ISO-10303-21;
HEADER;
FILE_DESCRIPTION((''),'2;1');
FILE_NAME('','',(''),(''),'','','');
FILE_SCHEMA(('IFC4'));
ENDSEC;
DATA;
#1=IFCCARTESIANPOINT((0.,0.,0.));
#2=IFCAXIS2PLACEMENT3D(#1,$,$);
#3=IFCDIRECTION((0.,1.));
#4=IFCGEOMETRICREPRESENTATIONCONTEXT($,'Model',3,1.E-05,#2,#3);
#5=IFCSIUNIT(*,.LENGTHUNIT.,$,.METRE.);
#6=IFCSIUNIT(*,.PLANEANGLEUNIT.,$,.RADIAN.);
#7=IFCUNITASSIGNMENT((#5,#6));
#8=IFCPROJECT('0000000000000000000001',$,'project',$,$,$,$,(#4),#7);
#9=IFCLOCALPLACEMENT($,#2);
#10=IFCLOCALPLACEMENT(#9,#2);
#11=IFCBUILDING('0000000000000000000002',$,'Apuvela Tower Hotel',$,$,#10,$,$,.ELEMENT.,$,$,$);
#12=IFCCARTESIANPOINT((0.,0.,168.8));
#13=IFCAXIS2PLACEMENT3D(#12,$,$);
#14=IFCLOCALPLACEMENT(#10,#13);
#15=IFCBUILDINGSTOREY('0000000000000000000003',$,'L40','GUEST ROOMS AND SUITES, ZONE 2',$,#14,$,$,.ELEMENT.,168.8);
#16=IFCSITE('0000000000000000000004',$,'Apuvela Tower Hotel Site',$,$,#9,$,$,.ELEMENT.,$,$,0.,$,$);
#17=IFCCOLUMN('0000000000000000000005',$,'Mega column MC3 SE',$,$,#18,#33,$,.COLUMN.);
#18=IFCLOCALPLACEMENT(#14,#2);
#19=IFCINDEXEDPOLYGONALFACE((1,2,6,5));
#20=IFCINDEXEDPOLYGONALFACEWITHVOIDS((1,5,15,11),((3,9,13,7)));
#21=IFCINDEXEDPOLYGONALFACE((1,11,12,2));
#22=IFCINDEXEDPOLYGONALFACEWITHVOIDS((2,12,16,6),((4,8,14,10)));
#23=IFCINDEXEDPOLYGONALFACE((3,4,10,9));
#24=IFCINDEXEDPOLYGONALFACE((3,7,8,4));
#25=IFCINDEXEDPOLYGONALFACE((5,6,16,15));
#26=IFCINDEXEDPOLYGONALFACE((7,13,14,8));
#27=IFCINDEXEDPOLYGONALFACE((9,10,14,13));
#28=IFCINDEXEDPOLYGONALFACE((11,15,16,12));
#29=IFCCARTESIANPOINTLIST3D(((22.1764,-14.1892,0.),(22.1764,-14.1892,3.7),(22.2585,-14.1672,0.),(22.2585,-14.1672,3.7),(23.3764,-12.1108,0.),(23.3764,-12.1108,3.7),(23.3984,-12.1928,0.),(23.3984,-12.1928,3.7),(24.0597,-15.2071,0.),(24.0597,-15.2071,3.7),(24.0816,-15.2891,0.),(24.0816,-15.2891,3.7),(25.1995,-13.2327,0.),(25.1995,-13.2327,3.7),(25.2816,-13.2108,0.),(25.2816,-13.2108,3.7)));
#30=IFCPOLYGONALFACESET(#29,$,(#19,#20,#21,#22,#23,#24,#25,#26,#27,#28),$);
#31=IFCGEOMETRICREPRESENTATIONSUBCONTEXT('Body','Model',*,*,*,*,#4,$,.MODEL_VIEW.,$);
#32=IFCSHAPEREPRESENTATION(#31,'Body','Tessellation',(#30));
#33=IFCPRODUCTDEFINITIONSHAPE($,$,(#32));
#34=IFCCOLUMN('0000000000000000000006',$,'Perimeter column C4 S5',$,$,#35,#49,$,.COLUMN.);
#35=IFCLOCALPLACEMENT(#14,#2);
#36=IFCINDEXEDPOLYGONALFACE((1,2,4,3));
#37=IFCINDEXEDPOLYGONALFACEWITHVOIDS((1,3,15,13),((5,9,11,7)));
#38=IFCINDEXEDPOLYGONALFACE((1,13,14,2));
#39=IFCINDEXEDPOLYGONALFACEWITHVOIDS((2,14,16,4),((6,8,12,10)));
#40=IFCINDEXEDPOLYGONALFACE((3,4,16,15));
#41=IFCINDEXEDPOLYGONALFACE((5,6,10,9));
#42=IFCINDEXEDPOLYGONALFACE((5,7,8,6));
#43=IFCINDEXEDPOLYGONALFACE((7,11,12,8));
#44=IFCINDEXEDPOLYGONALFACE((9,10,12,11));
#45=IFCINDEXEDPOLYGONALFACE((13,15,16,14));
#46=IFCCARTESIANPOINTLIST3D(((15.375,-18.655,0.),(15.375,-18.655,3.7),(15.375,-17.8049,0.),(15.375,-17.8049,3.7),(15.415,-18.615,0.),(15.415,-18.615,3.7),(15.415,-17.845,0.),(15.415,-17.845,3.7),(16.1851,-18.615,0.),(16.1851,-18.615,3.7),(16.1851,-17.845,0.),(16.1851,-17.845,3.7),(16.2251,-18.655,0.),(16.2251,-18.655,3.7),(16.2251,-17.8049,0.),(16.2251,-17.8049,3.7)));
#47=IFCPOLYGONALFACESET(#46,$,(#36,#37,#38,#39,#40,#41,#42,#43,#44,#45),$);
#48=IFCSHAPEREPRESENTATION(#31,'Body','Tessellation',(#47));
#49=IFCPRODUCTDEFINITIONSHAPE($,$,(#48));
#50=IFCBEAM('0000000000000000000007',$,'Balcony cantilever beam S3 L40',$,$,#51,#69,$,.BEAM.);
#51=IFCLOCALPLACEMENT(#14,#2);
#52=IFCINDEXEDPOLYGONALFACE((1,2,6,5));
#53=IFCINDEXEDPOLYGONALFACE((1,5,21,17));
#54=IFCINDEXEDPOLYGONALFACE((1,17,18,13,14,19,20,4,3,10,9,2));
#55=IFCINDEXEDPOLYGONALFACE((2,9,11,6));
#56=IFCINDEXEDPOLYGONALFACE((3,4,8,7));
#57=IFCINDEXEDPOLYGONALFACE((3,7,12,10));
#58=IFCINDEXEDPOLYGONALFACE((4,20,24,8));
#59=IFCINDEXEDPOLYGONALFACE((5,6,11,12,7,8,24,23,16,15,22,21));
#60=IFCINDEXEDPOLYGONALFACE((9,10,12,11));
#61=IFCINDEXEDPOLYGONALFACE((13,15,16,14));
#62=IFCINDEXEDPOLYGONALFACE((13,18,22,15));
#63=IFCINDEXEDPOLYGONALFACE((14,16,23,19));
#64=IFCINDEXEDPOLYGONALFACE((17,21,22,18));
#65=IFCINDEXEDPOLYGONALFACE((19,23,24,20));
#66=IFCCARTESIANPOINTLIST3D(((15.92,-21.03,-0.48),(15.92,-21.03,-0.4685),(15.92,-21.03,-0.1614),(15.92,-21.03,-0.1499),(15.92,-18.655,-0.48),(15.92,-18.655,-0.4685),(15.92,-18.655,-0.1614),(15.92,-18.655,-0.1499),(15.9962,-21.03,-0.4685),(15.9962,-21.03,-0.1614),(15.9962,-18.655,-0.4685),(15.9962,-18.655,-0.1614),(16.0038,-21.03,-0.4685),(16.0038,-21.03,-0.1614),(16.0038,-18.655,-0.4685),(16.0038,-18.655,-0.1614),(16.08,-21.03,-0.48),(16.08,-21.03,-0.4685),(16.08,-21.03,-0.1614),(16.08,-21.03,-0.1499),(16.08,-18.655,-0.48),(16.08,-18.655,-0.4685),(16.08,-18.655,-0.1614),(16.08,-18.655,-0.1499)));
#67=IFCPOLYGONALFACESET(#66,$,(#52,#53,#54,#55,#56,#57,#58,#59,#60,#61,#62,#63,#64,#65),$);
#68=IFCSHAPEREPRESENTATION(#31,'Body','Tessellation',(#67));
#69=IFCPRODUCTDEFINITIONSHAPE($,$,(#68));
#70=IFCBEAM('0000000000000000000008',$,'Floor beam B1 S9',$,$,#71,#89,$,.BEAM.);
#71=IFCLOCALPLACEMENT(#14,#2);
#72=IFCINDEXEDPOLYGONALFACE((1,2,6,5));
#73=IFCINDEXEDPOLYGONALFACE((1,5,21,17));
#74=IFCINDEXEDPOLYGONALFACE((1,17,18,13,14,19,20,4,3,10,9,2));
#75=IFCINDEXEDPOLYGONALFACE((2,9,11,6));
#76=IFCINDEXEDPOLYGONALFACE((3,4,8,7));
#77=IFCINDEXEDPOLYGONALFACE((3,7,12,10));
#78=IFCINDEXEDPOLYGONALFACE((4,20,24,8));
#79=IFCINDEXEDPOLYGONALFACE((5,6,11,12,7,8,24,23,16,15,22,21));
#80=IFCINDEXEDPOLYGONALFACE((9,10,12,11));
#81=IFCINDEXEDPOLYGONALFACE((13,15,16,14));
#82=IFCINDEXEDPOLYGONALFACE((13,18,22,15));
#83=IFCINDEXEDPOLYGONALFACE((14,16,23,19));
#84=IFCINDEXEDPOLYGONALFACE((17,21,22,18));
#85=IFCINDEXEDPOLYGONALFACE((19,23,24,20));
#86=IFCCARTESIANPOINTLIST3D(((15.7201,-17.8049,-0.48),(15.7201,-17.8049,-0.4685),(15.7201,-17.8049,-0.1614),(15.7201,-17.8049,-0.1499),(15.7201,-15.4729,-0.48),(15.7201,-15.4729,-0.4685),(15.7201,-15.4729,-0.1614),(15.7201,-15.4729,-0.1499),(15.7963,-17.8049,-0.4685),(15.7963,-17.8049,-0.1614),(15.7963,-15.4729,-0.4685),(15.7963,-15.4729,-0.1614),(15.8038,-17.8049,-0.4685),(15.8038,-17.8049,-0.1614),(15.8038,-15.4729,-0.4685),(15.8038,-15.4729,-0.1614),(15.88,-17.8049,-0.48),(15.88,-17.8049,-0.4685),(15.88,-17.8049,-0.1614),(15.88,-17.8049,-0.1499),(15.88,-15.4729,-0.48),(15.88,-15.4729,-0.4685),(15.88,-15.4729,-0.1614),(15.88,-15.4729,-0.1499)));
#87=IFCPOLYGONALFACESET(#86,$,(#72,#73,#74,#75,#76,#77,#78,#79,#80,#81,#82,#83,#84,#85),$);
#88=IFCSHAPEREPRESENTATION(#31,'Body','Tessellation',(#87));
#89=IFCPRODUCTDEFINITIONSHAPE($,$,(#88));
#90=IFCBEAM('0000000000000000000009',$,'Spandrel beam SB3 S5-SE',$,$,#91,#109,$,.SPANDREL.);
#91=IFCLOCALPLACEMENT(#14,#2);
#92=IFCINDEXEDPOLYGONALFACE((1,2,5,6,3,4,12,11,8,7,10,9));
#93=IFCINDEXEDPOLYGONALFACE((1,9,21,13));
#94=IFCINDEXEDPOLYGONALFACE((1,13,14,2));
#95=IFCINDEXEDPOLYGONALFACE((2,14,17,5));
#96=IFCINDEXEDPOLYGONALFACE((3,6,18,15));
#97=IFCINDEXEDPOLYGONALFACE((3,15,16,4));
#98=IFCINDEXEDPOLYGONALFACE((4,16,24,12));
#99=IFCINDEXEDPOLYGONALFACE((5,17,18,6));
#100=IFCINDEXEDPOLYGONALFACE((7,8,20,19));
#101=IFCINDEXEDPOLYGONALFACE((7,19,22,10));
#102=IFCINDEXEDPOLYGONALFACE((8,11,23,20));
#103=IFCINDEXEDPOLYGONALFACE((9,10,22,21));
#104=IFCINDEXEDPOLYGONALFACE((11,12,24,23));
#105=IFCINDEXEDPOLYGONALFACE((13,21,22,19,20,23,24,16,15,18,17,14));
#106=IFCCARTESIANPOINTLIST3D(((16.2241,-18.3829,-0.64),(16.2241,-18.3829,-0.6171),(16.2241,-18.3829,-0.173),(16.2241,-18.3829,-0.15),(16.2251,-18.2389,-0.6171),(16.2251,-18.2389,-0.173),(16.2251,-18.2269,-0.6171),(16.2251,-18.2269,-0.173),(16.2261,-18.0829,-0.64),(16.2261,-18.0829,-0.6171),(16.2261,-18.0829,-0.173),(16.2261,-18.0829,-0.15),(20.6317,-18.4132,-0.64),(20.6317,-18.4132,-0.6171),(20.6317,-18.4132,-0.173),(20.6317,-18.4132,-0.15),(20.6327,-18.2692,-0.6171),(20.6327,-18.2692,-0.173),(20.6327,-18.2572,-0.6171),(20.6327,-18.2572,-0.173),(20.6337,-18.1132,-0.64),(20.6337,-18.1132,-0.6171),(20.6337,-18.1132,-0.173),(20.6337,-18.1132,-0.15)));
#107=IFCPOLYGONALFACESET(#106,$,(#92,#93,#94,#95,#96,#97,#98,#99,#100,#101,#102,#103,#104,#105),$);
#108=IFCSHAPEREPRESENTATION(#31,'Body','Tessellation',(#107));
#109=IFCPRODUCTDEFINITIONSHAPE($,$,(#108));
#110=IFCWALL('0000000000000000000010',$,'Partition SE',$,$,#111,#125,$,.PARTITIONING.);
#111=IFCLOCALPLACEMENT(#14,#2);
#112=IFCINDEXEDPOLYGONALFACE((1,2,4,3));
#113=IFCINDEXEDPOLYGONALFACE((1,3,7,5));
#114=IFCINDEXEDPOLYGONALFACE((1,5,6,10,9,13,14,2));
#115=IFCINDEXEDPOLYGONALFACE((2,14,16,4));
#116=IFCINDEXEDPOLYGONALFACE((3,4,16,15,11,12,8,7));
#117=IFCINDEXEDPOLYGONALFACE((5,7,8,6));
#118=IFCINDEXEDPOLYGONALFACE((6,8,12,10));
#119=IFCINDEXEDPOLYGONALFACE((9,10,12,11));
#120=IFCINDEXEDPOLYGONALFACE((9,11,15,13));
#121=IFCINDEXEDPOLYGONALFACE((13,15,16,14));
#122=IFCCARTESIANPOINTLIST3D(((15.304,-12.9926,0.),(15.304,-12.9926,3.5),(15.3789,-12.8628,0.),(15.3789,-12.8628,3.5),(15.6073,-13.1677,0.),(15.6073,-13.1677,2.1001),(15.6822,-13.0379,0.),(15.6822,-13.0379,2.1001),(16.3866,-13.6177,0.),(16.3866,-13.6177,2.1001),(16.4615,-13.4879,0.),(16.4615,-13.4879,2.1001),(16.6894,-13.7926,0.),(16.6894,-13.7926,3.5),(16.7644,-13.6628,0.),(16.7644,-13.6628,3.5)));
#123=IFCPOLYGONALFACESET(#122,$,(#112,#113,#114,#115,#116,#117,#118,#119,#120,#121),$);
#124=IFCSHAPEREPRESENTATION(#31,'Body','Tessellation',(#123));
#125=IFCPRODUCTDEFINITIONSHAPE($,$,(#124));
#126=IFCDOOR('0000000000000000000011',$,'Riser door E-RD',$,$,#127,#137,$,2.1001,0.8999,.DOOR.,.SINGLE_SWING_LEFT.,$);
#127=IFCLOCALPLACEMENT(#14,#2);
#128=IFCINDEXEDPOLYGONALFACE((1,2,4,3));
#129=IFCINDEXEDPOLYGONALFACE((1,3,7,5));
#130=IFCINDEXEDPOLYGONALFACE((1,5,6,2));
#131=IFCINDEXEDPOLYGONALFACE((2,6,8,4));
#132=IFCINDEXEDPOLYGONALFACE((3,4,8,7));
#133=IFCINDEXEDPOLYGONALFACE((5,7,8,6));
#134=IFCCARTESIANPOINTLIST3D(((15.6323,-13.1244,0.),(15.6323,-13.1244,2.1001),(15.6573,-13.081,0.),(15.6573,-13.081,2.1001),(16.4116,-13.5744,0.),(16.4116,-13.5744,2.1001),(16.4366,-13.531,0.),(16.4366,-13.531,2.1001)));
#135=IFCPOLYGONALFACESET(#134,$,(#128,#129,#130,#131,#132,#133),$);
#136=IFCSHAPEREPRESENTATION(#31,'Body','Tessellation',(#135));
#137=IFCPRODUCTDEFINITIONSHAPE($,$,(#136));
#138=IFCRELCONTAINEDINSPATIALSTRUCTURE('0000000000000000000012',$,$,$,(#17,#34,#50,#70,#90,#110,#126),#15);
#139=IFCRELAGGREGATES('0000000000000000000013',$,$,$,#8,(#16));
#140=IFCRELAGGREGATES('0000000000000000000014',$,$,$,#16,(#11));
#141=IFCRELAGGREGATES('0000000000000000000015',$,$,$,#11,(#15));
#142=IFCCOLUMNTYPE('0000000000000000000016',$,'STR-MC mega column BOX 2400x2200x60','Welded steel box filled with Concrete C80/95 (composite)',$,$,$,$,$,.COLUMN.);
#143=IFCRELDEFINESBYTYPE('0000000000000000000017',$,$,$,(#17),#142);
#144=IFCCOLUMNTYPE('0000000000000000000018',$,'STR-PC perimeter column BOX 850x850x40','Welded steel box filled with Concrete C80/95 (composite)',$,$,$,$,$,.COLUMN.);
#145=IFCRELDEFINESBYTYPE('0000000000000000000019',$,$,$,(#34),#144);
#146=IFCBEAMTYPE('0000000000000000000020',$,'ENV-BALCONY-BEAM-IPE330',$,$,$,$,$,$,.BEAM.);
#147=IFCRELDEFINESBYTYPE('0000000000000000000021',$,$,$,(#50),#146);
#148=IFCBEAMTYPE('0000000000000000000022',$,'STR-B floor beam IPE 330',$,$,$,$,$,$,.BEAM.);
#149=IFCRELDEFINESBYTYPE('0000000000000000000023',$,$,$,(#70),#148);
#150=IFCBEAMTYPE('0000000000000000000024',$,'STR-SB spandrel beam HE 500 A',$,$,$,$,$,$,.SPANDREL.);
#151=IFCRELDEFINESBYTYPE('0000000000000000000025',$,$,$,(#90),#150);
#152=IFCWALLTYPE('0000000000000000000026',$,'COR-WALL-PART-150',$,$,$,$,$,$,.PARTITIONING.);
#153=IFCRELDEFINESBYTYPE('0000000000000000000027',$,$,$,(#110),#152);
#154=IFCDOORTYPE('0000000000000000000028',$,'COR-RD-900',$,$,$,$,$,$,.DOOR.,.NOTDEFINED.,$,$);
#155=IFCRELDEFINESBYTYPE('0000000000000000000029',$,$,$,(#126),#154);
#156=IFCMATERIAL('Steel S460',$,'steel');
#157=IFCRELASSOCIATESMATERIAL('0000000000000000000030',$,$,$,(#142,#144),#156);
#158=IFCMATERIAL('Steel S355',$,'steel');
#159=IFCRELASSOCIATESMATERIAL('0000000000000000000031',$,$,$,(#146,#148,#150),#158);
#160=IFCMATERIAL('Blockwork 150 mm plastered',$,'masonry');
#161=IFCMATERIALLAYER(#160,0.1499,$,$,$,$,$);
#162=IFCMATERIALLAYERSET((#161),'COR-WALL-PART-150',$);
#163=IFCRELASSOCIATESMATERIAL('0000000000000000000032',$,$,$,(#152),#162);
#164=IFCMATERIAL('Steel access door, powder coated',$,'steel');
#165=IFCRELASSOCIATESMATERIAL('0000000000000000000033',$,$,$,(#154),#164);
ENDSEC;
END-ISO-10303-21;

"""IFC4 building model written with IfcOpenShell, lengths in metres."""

from ifc_helpers import new_model, si_unit, direction, frame, frame_2d, origin, origin_2d, place, context, subcontext, project, spatial, rectangle, hollow_rectangle, i_section, extrude, material, layer, layer_set, material_profile, profile_set, type_object, element, fill, save


model = new_model("IFC4")

# Units and contexts
model_context = context("Model", 3, precision=1e-05, world=origin(), true_north=direction((0.0, 1.0)))
body_context = subcontext(model_context, "Body", "Model", "MODEL_VIEW")
ifc_project = project(units=[si_unit("LENGTHUNIT", "METRE"), si_unit("PLANEANGLEUNIT", "RADIAN")], contexts=[model_context])

# Site, building, storey
site_placement = place(None, origin())
site = spatial("IfcSite", under=ifc_project, at=site_placement, Name="Apuvela Tower Hotel Site", CompositionType="ELEMENT", RefElevation=0.0)
building_placement = place(site_placement, origin())
building = spatial("IfcBuilding", under=site, at=building_placement, Name="Apuvela Tower Hotel", CompositionType="ELEMENT")
storey_placement = place(building_placement, frame((0.0, 0.0, 168.8)))
storey = spatial("IfcBuildingStorey", under=building, at=storey_placement, Name="L40", Description="GUEST ROOMS AND SUITES, ZONE 2", CompositionType="ELEMENT", Elevation=168.8)

# Columns
ifc_material_1 = material(Name="Steel S460", Category="steel")
ifc_material_profile_1 = material_profile(ifc_material_1, hollow_rectangle(XDim=2.3999, YDim=2.2, WallThickness=0.0601, at=origin_2d()), Name="BOX 2400x2200x60")
ifc_material_2 = material(Name="Concrete C80/95", Category="concrete")
ifc_material_profile_2 = material_profile(ifc_material_2, rectangle(XDim=2.28, YDim=2.0801, at=origin_2d()), Name="Concrete C80/95 infill")
ifc_profile_set_1 = profile_set([ifc_material_profile_1, ifc_material_profile_2], Name="Steel S460")
column_type_1 = type_object("IfcColumnType", Name="STR-MC mega column BOX 2400x2200x60", Description="Welded steel box filled with Concrete C80/95 (composite)", PredefinedType="COLUMN", material=ifc_profile_set_1)
column_1_placement = place(storey_placement, frame((23.729, -13.7, 0.0), z_axis=(0.0, 0.0, 1.0), x_axis=(0.5, 0.866025, 0.0)))
element("IfcColumn", 1, at=column_1_placement, inside=storey, type_object=column_type_1, Name="Mega column MC3 SE", PredefinedType="COLUMN", context=body_context, shape_type="SweptSolid", body=[
    extrude(hollow_rectangle(XDim=2.3999, YDim=2.2, WallThickness=0.0601, at=origin_2d()), origin(), (0.0, 0.0, 1.0), 3.7),
])
ifc_material_profile_3 = material_profile(ifc_material_1, hollow_rectangle(XDim=0.8501, YDim=0.8501, WallThickness=0.04, at=origin_2d()), Name="BOX 850x850x40")
ifc_material_profile_4 = material_profile(ifc_material_2, rectangle(XDim=0.77, YDim=0.77, at=origin_2d()), Name="Concrete C80/95 infill")
ifc_profile_set_2 = profile_set([ifc_material_profile_3, ifc_material_profile_4], Name="Steel S460")
column_type_2 = type_object("IfcColumnType", Name="STR-PC perimeter column BOX 850x850x40", Description="Welded steel box filled with Concrete C80/95 (composite)", PredefinedType="COLUMN", material=ifc_profile_set_2)
column_2_placement = place(storey_placement, frame((15.8, -18.23, 0.0), z_axis=(0.0, 0.0, 1.0), x_axis=(-1.0, 0.0, 0.0)))
element("IfcColumn", 2, at=column_2_placement, inside=storey, type_object=column_type_2, Name="Perimeter column C4 S5", PredefinedType="COLUMN", context=body_context, shape_type="SweptSolid", body=[
    extrude(hollow_rectangle(XDim=0.8501, YDim=0.8501, WallThickness=0.04, at=origin_2d()), origin(), (0.0, 0.0, 1.0), 3.7),
])

# Beams
ifc_material_3 = material(Name="Steel S355", Category="steel")
ifc_material_profile_5 = material_profile(ifc_material_3, i_section(OverallWidth=0.1599, OverallDepth=0.3301, WebThickness=0.0076, FlangeThickness=0.0115, at=origin_2d()), Name="IPE 330")
ifc_profile_set_3 = profile_set([ifc_material_profile_5], Name="Steel S355")
beam_type_1 = type_object("IfcBeamType", Name="ENV-BALCONY-BEAM-IPE330", PredefinedType="BEAM", material=ifc_profile_set_3)
beam_1_placement = place(storey_placement, frame((16.0, -18.655, -0.3149), z_axis=(0.0, -1.0, 0.0), x_axis=(1.0, 0.0, 0.0)))
element("IfcBeam", 3, at=beam_1_placement, inside=storey, type_object=beam_type_1, Name="Balcony cantilever beam S3 L40", PredefinedType="BEAM", context=body_context, shape_type="SweptSolid", body=[
    extrude(i_section(OverallWidth=0.1599, OverallDepth=0.3301, WebThickness=0.0076, FlangeThickness=0.0115, at=origin_2d()), origin(), (0.0, 0.0, 1.0), 2.375),
])
ifc_material_profile_6 = material_profile(ifc_material_3, i_section(OverallWidth=0.1599, OverallDepth=0.3301, WebThickness=0.0076, FlangeThickness=0.0115, at=origin_2d()), Name="IPE 330")
ifc_profile_set_4 = profile_set([ifc_material_profile_6], Name="Steel S355")
beam_type_2 = type_object("IfcBeamType", Name="STR-B floor beam IPE 330", PredefinedType="BEAM", material=ifc_profile_set_4)
beam_2_placement = place(storey_placement, frame((15.8, -17.8049, -0.3149), z_axis=(0.0, 1.0, 0.0), x_axis=(-1.0, 0.0, 0.0)))
element("IfcBeam", 4, at=beam_2_placement, inside=storey, type_object=beam_type_2, Name="Floor beam B1 S9", PredefinedType="BEAM", context=body_context, shape_type="SweptSolid", body=[
    extrude(i_section(OverallWidth=0.1599, OverallDepth=0.3301, WebThickness=0.0076, FlangeThickness=0.0115, at=origin_2d()), origin(), (0.0, 0.0, 1.0), 2.332),
])
ifc_material_profile_7 = material_profile(ifc_material_3, i_section(OverallWidth=0.3, OverallDepth=0.49, WebThickness=0.012, FlangeThickness=0.0229, at=origin_2d()), Name="HE 500 A")
ifc_profile_set_5 = profile_set([ifc_material_profile_7], Name="Steel S355")
beam_type_3 = type_object("IfcBeamType", Name="STR-SB spandrel beam HE 500 A", PredefinedType="SPANDREL", material=ifc_profile_set_5)
beam_3_placement = place(storey_placement, frame((16.2251, -18.2329, -0.395), z_axis=(0.999976, -0.006868, 0.0), x_axis=(0.006868, 0.999976, 0.0)))
element("IfcBeam", 5, at=beam_3_placement, inside=storey, type_object=beam_type_3, Name="Spandrel beam SB3 S5-SE", PredefinedType="SPANDREL", context=body_context, shape_type="SweptSolid", body=[
    extrude(i_section(OverallWidth=0.3, OverallDepth=0.49, WebThickness=0.012, FlangeThickness=0.0229, at=origin_2d()), origin(), (0.0, 0.0, 1.0), 4.4077),
])

# Wall, opening, door
ifc_material_4 = material(Name="Blockwork 150 mm plastered", Category="masonry")
ifc_layer_1 = layer(ifc_material_4, 0.1499)
ifc_layer_set_1 = layer_set([ifc_layer_1], Name="COR-WALL-PART-150")
wall_type_1 = type_object("IfcWallType", Name="COR-WALL-PART-150", PredefinedType="PARTITIONING", material=ifc_layer_set_1)
wall_1_placement = place(storey_placement, frame((15.3416, -12.9277, 0.0), z_axis=(0.0, 0.0, 1.0), x_axis=(0.86599, -0.500061, 0.0)))
wall_1 = element("IfcWall", 6, at=wall_1_placement, inside=storey, type_object=wall_type_1, Name="Partition SE", PredefinedType="PARTITIONING", context=body_context, shape_type="SweptSolid", body=[
    extrude(rectangle(XDim=1.5999, YDim=0.1499, at=frame_2d((0.7998, 0.0))), origin(), (0.0, 0.0, 1.0), 3.5),
])
opening_1_placement = place(wall_1_placement, frame((0.3501, 0.0, 0.0)))
opening_1 = element("IfcOpeningElement", 7, at=opening_1_placement, cuts=wall_1, PredefinedType="OPENING", context=body_context, shape_type="SweptSolid", body=[
    extrude(rectangle(XDim=0.8999, YDim=2.1001, at=frame_2d((0.45, 1.05))), frame((0.0, 0.085, 0.0), z_axis=(0.0, -1.0, 0.0), x_axis=(1.0, 0.0, 0.0)), (0.0, 0.0, 1.0), 0.1699),
])
ifc_material_5 = material(Name="Steel access door, powder coated", Category="steel")
door_type_1 = type_object("IfcDoorType", Name="COR-RD-900", OperationType="NOTDEFINED", PredefinedType="DOOR", material=ifc_material_5)
door_1_placement = place(opening_1_placement, frame((0.8999, 0.0, 0.0), z_axis=(0.0, 0.0, 1.0), x_axis=(-1.0, 0.0, 0.0)))
door_1 = element("IfcDoor", 8, at=door_1_placement, inside=storey, type_object=door_type_1, Name="Riser door E-RD", OperationType="SINGLE_SWING_LEFT", OverallHeight=2.1001, OverallWidth=0.8999, PredefinedType="DOOR", context=body_context, shape_type="SweptSolid", body=[
    extrude(rectangle(XDim=0.8999, YDim=2.1001, at=frame_2d((0.45, 1.05))), frame((0.0, 0.0249, 0.0), z_axis=(0.0, -1.0, 0.0), x_axis=(1.0, 0.0, 0.0)), (0.0, 0.0, 1.0), 0.05),
])
fill(opening_1, door_1)

save(model, "model.ifc")
